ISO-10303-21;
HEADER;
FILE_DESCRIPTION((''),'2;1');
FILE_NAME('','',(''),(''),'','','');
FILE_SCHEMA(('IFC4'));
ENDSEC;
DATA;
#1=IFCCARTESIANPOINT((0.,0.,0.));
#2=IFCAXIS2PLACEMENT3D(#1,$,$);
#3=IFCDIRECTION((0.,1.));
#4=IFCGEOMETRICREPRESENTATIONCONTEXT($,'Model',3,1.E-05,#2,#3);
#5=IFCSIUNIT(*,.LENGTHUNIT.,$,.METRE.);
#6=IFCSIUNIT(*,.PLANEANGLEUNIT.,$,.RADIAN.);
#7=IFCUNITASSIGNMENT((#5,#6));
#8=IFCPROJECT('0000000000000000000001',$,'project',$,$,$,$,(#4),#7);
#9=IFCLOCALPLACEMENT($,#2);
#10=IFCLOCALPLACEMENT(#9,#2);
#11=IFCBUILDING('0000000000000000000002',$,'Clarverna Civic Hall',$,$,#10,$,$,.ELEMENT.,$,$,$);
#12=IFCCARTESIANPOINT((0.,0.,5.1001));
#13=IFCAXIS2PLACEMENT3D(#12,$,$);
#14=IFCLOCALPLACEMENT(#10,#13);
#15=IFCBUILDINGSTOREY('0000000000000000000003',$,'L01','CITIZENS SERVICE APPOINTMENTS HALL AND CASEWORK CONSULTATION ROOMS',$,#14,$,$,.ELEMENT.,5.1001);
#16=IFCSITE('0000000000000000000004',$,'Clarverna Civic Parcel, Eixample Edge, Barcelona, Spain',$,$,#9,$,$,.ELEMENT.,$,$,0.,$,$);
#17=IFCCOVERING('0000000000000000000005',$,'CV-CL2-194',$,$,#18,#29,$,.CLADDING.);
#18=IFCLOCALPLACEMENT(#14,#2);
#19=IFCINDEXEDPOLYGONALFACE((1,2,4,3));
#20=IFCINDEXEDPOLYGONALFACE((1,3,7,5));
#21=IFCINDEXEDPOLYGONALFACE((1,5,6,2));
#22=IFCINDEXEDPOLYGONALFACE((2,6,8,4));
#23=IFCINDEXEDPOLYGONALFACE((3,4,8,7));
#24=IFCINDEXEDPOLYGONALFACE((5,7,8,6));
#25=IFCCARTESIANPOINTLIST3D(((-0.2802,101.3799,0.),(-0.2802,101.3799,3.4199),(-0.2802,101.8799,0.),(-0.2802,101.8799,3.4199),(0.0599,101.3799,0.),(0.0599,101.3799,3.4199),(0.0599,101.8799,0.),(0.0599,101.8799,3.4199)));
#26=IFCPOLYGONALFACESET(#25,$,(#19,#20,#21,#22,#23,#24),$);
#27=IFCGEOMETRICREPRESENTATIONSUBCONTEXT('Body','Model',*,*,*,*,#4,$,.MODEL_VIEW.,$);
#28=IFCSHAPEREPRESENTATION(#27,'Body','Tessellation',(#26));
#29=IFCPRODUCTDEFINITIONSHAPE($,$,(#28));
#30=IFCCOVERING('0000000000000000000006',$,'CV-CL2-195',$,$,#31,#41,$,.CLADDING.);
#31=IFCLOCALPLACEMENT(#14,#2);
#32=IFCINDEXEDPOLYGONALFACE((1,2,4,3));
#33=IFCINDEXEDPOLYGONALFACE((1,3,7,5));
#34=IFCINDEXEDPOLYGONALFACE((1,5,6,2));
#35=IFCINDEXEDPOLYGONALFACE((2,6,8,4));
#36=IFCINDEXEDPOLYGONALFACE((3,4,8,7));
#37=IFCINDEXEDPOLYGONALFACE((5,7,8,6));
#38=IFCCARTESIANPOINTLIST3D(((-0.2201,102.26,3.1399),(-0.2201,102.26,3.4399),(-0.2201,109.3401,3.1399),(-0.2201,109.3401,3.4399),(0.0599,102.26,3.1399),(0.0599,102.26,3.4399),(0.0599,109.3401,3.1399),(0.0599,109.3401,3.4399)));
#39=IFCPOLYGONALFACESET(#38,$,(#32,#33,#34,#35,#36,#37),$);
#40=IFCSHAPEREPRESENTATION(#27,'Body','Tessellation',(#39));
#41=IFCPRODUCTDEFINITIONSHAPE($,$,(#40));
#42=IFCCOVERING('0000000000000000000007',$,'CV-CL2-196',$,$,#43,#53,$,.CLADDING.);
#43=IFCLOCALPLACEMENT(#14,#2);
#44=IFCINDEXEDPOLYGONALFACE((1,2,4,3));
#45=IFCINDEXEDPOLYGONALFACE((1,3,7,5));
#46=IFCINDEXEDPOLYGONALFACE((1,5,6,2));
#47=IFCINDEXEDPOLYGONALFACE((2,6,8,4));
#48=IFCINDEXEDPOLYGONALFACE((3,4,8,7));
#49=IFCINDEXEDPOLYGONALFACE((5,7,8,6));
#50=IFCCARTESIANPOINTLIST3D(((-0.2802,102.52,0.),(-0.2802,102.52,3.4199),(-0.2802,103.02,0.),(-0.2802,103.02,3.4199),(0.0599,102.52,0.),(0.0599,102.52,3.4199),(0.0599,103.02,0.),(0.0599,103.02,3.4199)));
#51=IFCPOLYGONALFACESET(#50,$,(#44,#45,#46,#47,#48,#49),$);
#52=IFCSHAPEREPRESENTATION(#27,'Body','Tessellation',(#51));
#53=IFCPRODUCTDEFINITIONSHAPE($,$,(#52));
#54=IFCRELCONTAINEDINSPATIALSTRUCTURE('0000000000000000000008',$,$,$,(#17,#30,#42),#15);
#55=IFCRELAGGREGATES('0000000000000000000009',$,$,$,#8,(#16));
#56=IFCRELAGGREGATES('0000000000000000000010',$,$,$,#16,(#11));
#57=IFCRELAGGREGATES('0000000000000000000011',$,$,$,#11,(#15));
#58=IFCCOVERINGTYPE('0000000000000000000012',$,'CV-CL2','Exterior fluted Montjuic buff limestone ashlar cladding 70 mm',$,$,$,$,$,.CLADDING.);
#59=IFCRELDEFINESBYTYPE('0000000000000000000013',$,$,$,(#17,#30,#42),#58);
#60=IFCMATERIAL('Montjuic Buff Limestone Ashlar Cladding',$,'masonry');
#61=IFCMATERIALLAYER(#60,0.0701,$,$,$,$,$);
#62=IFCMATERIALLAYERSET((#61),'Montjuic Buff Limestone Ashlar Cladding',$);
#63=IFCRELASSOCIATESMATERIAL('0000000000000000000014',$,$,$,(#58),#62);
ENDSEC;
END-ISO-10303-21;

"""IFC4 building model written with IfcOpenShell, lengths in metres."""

from ifc_helpers import new_model, si_unit, direction, frame, frame_2d, origin, place, context, subcontext, project, spatial, rectangle, extrude, material, layer, layer_set, type_object, element, save


model = new_model("IFC4")

# Units and contexts
model_context = context("Model", 3, precision=1e-05, world=origin(), true_north=direction((0.0, 1.0)))
body_context = subcontext(model_context, "Body", "Model", "MODEL_VIEW")
ifc_project = project(units=[si_unit("LENGTHUNIT", "METRE"), si_unit("PLANEANGLEUNIT", "RADIAN")], contexts=[model_context])

# Site, building, storey
site_placement = place(None, origin())
site = spatial("IfcSite", under=ifc_project, at=site_placement, Name="Clarverna Civic Parcel, Eixample Edge, Barcelona, Spain", CompositionType="ELEMENT", RefElevation=0.0)
building_placement = place(site_placement, origin())
building = spatial("IfcBuilding", under=site, at=building_placement, Name="Clarverna Civic Hall", CompositionType="ELEMENT")
storey_placement = place(building_placement, frame((0.0, 0.0, 5.1001)))
storey = spatial("IfcBuildingStorey", under=building, at=storey_placement, Name="L01", Description="CITIZENS SERVICE APPOINTMENTS HALL AND CASEWORK CONSULTATION ROOMS", CompositionType="ELEMENT", Elevation=5.1001)

# Coverings
ifc_material_1 = material(Name="Montjuic Buff Limestone Ashlar Cladding", Category="masonry")
ifc_layer_1 = layer(ifc_material_1, 0.0701)
ifc_layer_set_1 = layer_set([ifc_layer_1], Name="Montjuic Buff Limestone Ashlar Cladding")
covering_type = type_object("IfcCoveringType", Name="CV-CL2", Description="Exterior fluted Montjuic buff limestone ashlar cladding 70 mm", PredefinedType="CLADDING", material=ifc_layer_set_1)
for number, where, z_axis, x_axis, name in (
    (1, (-0.1101, 101.3799, 0.0), (0.0, 0.0, 1.0), (0.0, 1.0, 0.0), "CV-CL2-194"),
):
    element("IfcCovering", number, at=place(storey_placement, frame(where, z_axis=z_axis, x_axis=x_axis)), inside=storey, type_object=covering_type, Name=name, PredefinedType="CLADDING", context=body_context, shape_type="SweptSolid", body=[
        extrude(rectangle(XDim=0.5, YDim=0.3401, at=frame_2d((0.25, 0.0))), origin(), (0.0, 0.0, 1.0), 3.4199),
    ])
covering_1_placement = place(storey_placement, frame((-0.0801, 102.26, 3.1399), z_axis=(0.0, 0.0, 1.0), x_axis=(0.0, 1.0, 0.0)))
element("IfcCovering", 2, at=covering_1_placement, inside=storey, type_object=covering_type, Name="CV-CL2-195", PredefinedType="CLADDING", context=body_context, shape_type="SweptSolid", body=[
    extrude(rectangle(XDim=7.0801, YDim=0.28, at=frame_2d((3.54, 0.0))), origin(), (0.0, 0.0, 1.0), 0.3),
])
covering_2_placement = place(storey_placement, frame((-0.1101, 102.52, 0.0), z_axis=(0.0, 0.0, 1.0), x_axis=(0.0, 1.0, 0.0)))
element("IfcCovering", 3, at=covering_2_placement, inside=storey, type_object=covering_type, Name="CV-CL2-196", PredefinedType="CLADDING", context=body_context, shape_type="SweptSolid", body=[
    extrude(rectangle(XDim=0.5, YDim=0.3401, at=frame_2d((0.25, 0.0))), origin(), (0.0, 0.0, 1.0), 3.4199),
])

save(model, "model.ifc")
